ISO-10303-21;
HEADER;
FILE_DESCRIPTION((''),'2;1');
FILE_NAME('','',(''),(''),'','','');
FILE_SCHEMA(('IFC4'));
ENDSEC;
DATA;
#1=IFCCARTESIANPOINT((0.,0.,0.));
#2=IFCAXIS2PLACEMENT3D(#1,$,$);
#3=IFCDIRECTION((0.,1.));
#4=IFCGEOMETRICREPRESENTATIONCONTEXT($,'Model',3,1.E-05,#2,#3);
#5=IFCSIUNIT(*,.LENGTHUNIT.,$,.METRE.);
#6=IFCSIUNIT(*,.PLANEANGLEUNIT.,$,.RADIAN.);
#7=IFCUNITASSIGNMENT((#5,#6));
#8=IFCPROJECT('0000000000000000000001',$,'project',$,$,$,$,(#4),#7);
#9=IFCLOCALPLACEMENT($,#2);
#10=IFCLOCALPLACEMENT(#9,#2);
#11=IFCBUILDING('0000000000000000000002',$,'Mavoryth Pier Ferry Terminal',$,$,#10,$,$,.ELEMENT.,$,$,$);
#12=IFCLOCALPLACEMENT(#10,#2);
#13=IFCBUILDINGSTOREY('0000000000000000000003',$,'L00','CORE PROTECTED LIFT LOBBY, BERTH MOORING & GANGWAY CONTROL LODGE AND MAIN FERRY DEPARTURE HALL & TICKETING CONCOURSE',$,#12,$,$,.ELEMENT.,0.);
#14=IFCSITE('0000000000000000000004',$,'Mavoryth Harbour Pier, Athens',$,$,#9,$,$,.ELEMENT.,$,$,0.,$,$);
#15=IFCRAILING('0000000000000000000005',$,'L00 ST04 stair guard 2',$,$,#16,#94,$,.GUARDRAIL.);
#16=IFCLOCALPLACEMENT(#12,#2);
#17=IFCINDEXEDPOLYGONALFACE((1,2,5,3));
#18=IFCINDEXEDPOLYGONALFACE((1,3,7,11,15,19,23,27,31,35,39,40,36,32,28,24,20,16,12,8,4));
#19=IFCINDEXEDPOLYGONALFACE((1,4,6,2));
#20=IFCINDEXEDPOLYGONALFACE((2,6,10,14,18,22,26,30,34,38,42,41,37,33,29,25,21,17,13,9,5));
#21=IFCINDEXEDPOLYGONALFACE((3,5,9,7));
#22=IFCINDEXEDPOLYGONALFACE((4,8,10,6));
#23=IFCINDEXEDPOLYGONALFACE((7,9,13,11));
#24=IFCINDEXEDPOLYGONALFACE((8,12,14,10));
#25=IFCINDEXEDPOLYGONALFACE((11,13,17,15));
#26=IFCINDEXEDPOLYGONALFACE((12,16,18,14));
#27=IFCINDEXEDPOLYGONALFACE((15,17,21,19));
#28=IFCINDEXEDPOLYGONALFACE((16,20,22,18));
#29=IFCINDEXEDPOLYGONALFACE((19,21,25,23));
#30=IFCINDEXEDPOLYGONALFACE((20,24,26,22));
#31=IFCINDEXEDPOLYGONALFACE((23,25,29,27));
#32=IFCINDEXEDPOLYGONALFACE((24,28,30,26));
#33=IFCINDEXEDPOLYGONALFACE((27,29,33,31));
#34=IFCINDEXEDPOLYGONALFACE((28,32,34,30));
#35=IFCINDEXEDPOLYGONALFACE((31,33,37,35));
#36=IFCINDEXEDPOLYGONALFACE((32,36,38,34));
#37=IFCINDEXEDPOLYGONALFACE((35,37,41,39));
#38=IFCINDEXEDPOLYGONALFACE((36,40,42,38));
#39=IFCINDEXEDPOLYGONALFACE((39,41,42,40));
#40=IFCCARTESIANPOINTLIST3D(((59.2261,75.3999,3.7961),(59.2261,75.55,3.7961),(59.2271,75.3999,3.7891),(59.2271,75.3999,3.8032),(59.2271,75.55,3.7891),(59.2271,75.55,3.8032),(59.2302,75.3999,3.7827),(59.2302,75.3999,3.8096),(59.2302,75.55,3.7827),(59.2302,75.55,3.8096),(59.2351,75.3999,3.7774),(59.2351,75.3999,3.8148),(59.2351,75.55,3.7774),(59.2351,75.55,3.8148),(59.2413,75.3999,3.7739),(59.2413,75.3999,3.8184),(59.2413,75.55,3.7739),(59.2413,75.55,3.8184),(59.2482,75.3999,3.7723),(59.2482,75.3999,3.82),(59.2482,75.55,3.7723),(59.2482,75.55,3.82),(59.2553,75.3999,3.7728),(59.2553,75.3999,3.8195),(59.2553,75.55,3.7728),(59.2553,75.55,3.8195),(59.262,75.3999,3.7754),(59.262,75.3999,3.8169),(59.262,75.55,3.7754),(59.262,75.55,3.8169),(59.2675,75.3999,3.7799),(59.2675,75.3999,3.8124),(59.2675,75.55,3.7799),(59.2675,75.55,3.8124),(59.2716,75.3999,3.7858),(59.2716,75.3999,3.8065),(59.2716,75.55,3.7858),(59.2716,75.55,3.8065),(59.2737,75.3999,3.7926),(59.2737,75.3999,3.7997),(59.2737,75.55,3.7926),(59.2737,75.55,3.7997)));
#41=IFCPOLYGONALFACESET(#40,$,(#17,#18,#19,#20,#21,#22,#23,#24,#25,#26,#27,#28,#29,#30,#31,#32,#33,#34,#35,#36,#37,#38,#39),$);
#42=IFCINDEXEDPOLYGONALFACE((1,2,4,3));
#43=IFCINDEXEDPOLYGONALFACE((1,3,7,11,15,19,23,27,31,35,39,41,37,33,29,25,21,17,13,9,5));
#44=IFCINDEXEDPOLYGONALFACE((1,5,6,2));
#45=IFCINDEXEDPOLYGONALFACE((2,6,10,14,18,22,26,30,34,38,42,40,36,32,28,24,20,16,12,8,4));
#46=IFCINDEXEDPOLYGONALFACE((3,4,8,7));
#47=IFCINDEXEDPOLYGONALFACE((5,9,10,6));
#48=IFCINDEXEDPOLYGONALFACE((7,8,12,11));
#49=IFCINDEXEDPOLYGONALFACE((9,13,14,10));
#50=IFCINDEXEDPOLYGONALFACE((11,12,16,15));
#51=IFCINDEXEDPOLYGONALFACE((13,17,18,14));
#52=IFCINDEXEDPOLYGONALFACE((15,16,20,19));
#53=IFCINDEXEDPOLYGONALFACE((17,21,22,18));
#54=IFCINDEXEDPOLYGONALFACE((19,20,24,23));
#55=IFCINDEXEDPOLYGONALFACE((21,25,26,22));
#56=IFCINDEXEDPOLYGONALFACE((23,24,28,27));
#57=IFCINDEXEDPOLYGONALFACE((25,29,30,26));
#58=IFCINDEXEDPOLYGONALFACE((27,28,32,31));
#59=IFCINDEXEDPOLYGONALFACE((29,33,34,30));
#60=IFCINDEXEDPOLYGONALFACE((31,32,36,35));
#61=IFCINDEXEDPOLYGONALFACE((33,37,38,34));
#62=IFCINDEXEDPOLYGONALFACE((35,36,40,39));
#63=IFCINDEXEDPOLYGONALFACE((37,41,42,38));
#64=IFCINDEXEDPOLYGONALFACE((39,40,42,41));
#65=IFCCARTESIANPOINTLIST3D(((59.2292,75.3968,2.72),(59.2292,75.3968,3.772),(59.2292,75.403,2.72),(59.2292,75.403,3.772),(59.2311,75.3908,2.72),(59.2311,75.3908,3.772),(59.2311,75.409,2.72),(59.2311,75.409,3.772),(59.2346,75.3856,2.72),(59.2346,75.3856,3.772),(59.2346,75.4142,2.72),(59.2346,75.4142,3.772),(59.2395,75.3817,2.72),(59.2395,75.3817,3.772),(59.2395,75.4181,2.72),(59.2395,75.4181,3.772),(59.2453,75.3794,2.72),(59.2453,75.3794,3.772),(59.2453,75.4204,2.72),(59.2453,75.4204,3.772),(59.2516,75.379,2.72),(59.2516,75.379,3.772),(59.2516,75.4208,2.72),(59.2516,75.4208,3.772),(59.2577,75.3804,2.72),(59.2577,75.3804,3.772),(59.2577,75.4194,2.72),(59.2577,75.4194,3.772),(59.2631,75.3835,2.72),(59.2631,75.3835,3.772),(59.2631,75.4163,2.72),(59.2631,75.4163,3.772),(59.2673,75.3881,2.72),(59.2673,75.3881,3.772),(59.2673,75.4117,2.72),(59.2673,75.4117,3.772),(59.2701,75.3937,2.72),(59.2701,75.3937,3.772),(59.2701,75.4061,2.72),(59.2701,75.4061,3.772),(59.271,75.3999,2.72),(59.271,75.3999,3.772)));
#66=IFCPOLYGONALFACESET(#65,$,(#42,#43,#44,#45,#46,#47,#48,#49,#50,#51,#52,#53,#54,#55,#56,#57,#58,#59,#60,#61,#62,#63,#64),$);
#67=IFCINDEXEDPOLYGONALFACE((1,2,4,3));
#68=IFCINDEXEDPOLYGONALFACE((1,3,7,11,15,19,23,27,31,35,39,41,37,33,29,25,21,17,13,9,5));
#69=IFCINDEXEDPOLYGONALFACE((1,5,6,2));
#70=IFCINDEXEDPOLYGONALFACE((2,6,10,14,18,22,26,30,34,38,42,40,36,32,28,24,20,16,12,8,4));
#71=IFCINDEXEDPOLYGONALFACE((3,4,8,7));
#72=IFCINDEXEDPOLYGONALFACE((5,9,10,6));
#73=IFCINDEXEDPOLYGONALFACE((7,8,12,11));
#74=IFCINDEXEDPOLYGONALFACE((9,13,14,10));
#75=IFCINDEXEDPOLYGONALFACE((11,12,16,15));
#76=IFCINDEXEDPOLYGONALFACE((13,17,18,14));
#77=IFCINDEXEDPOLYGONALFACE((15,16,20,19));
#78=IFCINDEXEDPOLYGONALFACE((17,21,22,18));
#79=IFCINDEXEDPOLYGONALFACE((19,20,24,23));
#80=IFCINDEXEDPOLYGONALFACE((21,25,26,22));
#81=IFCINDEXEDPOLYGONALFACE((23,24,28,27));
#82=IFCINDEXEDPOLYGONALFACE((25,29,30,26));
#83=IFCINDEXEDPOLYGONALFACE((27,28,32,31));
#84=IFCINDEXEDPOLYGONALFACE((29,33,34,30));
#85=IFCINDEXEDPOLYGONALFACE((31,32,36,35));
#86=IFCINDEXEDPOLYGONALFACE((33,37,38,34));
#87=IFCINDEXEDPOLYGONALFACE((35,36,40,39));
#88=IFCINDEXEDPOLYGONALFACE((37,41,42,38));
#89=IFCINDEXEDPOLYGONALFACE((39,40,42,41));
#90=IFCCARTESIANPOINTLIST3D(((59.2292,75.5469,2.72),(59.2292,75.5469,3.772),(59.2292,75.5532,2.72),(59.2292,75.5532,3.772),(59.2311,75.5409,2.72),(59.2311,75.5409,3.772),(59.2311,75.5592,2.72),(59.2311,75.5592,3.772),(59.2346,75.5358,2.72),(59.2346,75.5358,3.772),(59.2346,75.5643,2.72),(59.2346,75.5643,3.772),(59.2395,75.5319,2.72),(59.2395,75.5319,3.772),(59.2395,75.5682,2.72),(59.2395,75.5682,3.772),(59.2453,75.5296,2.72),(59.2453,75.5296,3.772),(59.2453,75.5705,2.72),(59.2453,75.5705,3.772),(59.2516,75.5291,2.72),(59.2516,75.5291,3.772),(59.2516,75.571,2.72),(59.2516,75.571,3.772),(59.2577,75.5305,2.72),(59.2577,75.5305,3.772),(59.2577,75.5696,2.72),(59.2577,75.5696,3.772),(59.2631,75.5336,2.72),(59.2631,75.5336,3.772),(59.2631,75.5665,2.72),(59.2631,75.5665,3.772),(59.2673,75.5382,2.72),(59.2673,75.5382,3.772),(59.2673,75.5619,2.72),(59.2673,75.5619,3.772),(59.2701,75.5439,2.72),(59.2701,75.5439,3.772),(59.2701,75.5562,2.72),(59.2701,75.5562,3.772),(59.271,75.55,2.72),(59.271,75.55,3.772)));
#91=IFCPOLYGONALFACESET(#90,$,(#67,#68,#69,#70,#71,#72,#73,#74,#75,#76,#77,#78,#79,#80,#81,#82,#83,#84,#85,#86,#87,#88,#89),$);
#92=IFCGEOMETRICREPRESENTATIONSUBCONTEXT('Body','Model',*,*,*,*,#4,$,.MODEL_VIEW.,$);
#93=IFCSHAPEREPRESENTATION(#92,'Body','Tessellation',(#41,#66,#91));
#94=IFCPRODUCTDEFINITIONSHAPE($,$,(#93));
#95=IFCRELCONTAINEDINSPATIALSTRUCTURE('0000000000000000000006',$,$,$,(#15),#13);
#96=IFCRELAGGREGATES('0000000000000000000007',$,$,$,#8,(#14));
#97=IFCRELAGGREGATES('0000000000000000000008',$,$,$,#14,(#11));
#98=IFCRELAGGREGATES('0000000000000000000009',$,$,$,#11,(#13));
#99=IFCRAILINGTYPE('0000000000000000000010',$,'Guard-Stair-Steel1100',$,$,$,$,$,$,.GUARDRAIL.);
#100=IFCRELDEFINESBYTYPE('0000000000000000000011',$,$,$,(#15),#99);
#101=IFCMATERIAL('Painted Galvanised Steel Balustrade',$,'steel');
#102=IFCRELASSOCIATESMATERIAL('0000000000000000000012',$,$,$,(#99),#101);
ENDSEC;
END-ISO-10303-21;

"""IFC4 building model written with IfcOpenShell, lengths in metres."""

from ifc_helpers import new_model, si_unit, direction, frame, origin, origin_2d, place, context, subcontext, project, spatial, circle, extrude, material, type_object, element, save


model = new_model("IFC4")

# Units and contexts
model_context = context("Model", 3, precision=1e-05, world=origin(), true_north=direction((0.0, 1.0)))
body_context = subcontext(model_context, "Body", "Model", "MODEL_VIEW")
ifc_project = project(units=[si_unit("LENGTHUNIT", "METRE"), si_unit("PLANEANGLEUNIT", "RADIAN")], contexts=[model_context])

# Site, building, storey
site_placement = place(None, origin())
site = spatial("IfcSite", under=ifc_project, at=site_placement, Name="Mavoryth Harbour Pier, Athens", CompositionType="ELEMENT", RefElevation=0.0)
building_placement = place(site_placement, origin())
building = spatial("IfcBuilding", under=site, at=building_placement, Name="Mavoryth Pier Ferry Terminal", CompositionType="ELEMENT")
storey_placement = place(building_placement, origin())
storey = spatial("IfcBuildingStorey", under=building, at=storey_placement, Name="L00", Description="CORE PROTECTED LIFT LOBBY, BERTH MOORING & GANGWAY CONTROL LODGE AND MAIN FERRY DEPARTURE HALL & TICKETING CONCOURSE", CompositionType="ELEMENT", Elevation=0.0)

# Railing
ifc_material_1 = material(Name="Painted Galvanised Steel Balustrade", Category="steel")
railing_type_1 = type_object("IfcRailingType", Name="Guard-Stair-Steel1100", PredefinedType="GUARDRAIL", material=ifc_material_1)
railing_1_placement = place(storey_placement, frame((59.25, 75.3999, 2.72)))
element("IfcRailing", 1, at=railing_1_placement, inside=storey, type_object=railing_type_1, Name="L00 ST04 stair guard 2", PredefinedType="GUARDRAIL", context=body_context, shape_type="SweptSolid", body=[
    extrude(circle(Radius=0.0239, at=origin_2d()), frame((0.0, 0.0, 1.0762), z_axis=(0.0, 1.0, 0.0), x_axis=(-1.0, 0.0, 0.0)), (0.0, 0.0, 1.0), 0.1501),
    extrude(circle(Radius=0.021, at=origin_2d()), origin(), (0.0, 0.0, 1.0), 1.052),
    extrude(circle(Radius=0.021, at=origin_2d()), frame((0.0, 0.1501, 0.0)), (0.0, 0.0, 1.0), 1.052),
])

save(model, "model.ifc")
